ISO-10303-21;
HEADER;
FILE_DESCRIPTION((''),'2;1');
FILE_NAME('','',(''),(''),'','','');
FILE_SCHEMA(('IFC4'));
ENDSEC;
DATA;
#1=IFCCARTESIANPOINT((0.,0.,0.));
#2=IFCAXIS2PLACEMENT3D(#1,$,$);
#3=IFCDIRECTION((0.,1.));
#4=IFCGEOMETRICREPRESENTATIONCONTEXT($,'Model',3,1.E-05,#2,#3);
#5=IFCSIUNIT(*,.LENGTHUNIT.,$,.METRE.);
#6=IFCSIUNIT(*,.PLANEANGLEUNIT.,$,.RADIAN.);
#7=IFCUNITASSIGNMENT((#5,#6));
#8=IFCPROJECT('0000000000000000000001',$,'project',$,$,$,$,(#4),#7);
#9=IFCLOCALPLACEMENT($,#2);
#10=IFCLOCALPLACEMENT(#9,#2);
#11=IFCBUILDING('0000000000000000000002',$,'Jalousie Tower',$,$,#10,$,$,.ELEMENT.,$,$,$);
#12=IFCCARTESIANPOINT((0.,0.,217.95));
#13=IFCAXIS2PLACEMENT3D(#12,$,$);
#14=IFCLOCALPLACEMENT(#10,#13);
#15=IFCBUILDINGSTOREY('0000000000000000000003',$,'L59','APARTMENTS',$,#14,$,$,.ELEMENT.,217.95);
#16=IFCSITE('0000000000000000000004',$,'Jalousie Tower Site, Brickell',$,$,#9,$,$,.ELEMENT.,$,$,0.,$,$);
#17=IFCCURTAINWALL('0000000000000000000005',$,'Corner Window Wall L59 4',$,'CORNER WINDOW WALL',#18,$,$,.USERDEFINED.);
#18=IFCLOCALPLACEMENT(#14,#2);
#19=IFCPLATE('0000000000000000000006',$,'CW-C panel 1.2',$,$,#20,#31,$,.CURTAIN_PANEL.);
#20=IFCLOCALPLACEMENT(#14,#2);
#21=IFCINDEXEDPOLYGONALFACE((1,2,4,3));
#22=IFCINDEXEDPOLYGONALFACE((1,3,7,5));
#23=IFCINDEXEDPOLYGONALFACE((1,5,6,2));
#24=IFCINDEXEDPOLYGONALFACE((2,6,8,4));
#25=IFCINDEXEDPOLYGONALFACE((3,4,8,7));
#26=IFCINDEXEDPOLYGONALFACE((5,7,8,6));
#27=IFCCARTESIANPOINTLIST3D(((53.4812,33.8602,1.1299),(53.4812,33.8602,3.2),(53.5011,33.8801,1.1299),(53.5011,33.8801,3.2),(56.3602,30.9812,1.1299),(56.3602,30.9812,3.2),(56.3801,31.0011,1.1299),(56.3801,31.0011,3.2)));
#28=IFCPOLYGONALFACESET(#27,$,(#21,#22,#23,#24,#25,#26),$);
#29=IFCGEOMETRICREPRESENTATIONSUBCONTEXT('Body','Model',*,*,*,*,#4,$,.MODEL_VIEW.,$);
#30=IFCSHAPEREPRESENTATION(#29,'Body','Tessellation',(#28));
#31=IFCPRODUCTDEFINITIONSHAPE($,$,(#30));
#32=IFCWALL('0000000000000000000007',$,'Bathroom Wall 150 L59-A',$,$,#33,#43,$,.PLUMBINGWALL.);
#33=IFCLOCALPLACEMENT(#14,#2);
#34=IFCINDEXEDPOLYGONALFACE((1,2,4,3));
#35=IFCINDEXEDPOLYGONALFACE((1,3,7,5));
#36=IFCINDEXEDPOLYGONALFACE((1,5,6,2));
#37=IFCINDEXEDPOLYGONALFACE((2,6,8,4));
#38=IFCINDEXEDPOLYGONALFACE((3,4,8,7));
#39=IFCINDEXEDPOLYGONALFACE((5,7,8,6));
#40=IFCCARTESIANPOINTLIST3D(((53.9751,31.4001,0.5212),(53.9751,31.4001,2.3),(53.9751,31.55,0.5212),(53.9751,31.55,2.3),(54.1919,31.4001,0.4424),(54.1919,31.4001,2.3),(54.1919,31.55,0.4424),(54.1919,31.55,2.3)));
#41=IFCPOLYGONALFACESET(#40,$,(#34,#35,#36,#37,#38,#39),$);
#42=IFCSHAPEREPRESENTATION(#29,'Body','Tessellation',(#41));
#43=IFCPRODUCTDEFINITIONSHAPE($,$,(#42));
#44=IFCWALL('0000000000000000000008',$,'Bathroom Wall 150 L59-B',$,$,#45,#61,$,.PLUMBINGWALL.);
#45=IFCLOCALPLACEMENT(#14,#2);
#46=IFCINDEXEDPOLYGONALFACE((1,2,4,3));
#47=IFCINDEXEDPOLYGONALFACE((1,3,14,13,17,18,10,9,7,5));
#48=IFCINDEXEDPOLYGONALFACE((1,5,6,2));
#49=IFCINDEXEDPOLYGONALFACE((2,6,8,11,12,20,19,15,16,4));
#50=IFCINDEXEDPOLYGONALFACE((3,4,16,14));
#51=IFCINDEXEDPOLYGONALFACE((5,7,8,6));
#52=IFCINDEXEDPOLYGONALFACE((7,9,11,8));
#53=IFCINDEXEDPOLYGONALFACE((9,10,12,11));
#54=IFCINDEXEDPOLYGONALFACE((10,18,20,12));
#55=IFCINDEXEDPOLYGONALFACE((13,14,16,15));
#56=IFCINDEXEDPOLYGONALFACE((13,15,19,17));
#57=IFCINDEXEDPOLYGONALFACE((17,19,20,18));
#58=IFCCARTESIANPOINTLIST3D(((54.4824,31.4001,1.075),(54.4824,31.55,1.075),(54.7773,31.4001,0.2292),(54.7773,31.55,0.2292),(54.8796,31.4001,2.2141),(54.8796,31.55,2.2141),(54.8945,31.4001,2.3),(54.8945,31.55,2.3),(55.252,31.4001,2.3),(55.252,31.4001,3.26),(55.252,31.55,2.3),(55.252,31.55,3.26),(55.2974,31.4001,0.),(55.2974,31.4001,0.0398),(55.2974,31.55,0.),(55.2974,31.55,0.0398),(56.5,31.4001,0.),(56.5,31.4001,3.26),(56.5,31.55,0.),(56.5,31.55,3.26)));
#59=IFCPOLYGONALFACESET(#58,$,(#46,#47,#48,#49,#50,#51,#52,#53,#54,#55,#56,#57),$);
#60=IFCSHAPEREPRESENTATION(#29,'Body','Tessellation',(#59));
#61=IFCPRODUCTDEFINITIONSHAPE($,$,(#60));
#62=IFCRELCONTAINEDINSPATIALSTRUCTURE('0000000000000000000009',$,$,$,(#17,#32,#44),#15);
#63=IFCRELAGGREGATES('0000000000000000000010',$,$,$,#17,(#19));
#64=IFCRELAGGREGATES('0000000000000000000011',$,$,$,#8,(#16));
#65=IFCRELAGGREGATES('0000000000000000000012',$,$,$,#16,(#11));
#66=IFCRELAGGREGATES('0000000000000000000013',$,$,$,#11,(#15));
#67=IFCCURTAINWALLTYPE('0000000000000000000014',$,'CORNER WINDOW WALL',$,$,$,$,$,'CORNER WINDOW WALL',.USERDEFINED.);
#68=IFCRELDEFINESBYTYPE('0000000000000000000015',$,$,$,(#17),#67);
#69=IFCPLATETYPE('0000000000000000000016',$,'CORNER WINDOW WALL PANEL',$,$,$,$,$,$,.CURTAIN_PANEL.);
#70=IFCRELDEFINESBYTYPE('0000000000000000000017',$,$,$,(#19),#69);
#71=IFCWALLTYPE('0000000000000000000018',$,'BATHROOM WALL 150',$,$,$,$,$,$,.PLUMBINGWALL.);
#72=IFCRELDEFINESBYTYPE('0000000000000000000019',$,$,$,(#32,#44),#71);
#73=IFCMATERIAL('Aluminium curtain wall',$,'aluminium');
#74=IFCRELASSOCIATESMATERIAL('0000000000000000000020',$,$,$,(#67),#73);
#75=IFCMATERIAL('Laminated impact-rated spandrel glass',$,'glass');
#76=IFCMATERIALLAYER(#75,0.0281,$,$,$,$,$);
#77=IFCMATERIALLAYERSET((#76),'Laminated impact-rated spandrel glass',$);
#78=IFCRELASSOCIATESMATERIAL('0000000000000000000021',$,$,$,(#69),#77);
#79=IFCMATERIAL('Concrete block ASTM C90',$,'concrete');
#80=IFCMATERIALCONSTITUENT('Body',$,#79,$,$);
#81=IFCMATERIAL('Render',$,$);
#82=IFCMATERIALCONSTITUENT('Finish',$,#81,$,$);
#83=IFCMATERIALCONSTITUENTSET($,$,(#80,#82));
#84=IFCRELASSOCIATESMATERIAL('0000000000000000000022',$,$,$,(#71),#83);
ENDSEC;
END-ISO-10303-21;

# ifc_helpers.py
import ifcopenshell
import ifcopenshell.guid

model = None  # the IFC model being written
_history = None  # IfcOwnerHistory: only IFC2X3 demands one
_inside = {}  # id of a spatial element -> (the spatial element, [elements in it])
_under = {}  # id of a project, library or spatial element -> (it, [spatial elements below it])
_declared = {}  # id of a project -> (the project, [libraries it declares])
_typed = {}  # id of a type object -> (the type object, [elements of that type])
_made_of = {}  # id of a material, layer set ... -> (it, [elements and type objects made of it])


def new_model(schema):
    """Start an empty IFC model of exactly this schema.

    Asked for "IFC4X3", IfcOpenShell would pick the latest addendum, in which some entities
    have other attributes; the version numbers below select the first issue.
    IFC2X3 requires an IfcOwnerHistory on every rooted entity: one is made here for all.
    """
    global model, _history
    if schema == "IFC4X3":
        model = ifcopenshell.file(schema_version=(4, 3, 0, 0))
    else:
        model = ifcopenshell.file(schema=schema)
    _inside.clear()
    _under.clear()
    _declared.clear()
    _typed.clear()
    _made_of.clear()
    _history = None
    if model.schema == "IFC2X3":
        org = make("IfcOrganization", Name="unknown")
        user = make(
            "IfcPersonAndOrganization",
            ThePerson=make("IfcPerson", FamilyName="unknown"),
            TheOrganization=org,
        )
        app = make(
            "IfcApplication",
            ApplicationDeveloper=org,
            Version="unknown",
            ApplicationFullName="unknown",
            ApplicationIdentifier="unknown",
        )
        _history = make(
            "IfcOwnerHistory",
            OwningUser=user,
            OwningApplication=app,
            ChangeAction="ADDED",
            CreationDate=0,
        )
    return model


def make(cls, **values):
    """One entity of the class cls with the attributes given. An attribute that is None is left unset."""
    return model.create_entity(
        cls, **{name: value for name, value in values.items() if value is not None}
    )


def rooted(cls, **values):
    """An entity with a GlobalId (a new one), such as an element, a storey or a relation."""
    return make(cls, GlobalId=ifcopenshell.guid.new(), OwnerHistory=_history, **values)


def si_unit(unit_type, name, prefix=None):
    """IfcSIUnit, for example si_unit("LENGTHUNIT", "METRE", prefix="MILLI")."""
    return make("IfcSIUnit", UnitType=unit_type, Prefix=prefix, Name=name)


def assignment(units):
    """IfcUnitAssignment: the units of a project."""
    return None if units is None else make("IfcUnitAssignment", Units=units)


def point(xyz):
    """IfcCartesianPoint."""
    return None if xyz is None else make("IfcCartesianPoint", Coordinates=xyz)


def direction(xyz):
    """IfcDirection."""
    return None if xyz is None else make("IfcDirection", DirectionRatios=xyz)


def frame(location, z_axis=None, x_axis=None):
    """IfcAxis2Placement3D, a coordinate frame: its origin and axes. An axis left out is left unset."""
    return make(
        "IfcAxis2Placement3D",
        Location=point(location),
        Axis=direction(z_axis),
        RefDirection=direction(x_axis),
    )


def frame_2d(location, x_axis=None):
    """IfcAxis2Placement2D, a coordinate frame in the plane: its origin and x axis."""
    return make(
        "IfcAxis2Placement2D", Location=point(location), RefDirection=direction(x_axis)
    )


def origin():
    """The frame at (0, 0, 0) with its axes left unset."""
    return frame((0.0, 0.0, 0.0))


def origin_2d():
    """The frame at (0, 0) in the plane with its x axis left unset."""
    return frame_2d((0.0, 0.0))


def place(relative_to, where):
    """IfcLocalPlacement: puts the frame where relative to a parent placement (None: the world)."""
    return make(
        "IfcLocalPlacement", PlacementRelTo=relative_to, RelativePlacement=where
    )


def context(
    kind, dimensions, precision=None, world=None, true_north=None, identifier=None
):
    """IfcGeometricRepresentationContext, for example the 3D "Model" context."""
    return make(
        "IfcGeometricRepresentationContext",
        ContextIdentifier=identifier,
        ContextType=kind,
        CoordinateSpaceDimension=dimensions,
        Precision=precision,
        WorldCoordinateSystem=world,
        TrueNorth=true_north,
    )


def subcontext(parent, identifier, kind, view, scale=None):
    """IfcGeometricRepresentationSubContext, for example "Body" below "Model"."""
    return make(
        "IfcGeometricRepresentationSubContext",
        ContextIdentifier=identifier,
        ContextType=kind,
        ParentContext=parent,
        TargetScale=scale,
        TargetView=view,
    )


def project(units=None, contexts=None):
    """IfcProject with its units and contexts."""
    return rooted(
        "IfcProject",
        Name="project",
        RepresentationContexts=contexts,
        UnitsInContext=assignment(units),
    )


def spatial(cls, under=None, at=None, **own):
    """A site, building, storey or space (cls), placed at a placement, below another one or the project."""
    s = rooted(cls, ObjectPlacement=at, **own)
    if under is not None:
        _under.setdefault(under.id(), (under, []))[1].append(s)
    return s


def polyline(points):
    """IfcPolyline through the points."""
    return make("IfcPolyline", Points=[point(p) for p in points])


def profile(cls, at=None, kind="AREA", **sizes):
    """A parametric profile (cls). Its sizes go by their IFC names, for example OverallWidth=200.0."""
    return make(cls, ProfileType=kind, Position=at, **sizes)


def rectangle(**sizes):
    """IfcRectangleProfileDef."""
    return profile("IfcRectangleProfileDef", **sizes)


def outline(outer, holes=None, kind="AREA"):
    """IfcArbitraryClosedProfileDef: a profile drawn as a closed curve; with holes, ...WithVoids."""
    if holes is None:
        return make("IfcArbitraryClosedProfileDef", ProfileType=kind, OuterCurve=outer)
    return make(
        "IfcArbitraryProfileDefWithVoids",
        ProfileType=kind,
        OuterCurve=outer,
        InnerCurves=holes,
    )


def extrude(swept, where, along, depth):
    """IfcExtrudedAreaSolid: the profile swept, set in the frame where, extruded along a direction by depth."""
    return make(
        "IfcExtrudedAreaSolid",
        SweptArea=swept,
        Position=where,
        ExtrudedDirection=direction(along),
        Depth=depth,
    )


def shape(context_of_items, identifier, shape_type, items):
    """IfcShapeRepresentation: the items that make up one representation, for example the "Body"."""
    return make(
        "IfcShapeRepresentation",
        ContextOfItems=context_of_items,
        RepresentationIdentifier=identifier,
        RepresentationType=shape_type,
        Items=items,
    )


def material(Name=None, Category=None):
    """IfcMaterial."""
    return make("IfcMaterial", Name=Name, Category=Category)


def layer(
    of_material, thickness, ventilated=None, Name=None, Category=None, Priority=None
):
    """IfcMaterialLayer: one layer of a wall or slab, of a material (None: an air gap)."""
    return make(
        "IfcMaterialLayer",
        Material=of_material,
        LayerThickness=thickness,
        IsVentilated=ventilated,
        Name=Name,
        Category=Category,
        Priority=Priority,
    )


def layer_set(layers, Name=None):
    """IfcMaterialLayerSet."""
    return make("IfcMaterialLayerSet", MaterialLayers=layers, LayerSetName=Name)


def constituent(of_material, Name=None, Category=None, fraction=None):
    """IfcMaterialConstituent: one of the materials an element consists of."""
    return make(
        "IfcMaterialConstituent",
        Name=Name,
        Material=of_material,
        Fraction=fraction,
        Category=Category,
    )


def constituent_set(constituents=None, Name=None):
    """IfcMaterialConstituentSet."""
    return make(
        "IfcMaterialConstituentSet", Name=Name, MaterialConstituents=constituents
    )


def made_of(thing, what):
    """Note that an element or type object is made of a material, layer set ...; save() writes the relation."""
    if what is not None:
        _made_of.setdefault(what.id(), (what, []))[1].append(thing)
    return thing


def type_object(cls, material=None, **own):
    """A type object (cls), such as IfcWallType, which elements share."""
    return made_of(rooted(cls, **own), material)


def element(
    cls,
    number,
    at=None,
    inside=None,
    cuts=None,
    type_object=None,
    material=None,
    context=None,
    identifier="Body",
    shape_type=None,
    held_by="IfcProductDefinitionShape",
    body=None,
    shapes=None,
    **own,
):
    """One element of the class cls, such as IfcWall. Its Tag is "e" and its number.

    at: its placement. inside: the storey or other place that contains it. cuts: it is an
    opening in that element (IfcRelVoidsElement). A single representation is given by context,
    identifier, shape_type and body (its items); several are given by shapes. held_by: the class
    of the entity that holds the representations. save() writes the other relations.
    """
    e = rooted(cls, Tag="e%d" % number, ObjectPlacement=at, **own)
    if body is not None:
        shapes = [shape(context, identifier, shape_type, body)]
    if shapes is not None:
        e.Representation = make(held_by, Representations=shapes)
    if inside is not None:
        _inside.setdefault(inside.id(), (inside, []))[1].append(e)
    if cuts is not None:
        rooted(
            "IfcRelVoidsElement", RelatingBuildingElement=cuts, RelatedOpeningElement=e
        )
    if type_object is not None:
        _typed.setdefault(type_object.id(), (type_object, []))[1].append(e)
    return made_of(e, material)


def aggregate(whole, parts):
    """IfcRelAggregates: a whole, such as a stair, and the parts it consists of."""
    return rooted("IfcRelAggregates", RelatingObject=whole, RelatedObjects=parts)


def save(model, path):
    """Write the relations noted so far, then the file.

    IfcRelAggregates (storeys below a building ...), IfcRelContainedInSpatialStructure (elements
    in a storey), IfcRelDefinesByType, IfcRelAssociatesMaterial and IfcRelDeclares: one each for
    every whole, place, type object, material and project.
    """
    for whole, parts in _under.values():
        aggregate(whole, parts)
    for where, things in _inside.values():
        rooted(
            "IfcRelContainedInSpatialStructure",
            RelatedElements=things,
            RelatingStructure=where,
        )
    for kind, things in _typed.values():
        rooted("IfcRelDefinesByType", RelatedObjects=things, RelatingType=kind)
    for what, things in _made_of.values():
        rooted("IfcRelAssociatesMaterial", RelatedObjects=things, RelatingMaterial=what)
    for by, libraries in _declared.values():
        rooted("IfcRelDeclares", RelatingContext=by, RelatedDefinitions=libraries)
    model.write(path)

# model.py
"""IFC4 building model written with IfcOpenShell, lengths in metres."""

from ifc_helpers import new_model, si_unit, direction, frame, origin, origin_2d, place, context, subcontext, project, spatial, polyline, rectangle, outline, extrude, material, layer, layer_set, constituent, constituent_set, type_object, element, aggregate, save


model = new_model("IFC4")

# Units and contexts
model_context = context("Model", 3, precision=1e-05, world=origin(), true_north=direction((0.0, 1.0)))
body_context = subcontext(model_context, "Body", "Model", "MODEL_VIEW")
ifc_project = project(units=[si_unit("LENGTHUNIT", "METRE"), si_unit("PLANEANGLEUNIT", "RADIAN")], contexts=[model_context])

# Site, building, storey
site_placement = place(None, origin())
site = spatial("IfcSite", under=ifc_project, at=site_placement, Name="Jalousie Tower Site, Brickell", CompositionType="ELEMENT", RefElevation=0.0)
building_placement = place(site_placement, origin())
building = spatial("IfcBuilding", under=site, at=building_placement, Name="Jalousie Tower", CompositionType="ELEMENT")
storey_placement = place(building_placement, frame((0.0, 0.0, 217.95)))
storey = spatial("IfcBuildingStorey", under=building, at=storey_placement, Name="L59", Description="APARTMENTS", CompositionType="ELEMENT", Elevation=217.95)

# Curtain wall
ifc_material_1 = material(Name="Aluminium curtain wall", Category="aluminium")
curtain_wall_type = type_object("IfcCurtainWallType", Name="CORNER WINDOW WALL", ElementType="CORNER WINDOW WALL", PredefinedType="USERDEFINED", material=ifc_material_1)
curtain_wall_placement = place(storey_placement, origin())
curtain_wall = element("IfcCurtainWall", 1, at=curtain_wall_placement, inside=storey, type_object=curtain_wall_type, Name="Corner Window Wall L59 4", ObjectType="CORNER WINDOW WALL", PredefinedType="USERDEFINED")

# Plate
ifc_material_2 = material(Name="Laminated impact-rated spandrel glass", Category="glass")
ifc_layer = layer(ifc_material_2, 0.0281)
ifc_layer_set = layer_set([ifc_layer], Name="Laminated impact-rated spandrel glass")
plate_type = type_object("IfcPlateType", Name="CORNER WINDOW WALL PANEL", PredefinedType="CURTAIN_PANEL", material=ifc_layer_set)
plate_1_placement = place(storey_placement, frame((54.9307, 32.4307, 1.1299), z_axis=(0.0, 0.0, 1.0), x_axis=(-0.707107, 0.707107, 0.0)))
plate_1 = element("IfcPlate", 2, at=plate_1_placement, type_object=plate_type, Name="CW-C panel 1.2", PredefinedType="CURTAIN_PANEL", context=body_context, shape_type="SweptSolid", body=[
    extrude(rectangle(XDim=4.0715, YDim=0.0281, at=origin_2d()), origin(), (0.0, 0.0, 1.0), 2.0701),
])
aggregate(curtain_wall, [plate_1])

# Walls
ifc_material_3 = material(Name="Concrete block ASTM C90", Category="concrete")
ifc_constituent_1 = constituent(ifc_material_3, Name="Body")
ifc_material_4 = material(Name="Render")
ifc_constituent_2 = constituent(ifc_material_4, Name="Finish")
ifc_constituent_set = constituent_set(constituents=[ifc_constituent_1, ifc_constituent_2])
wall_type = type_object("IfcWallType", Name="BATHROOM WALL 150", PredefinedType="PLUMBINGWALL", material=ifc_constituent_set)
wall_1_placement = place(storey_placement, frame((53.9751, 31.4751, 0.0), z_axis=(0.0, 0.0, 1.0), x_axis=(1.0, 0.0, 0.0)))
element("IfcWall", 3, at=wall_1_placement, inside=storey, type_object=wall_type, Name="Bathroom Wall 150 L59-A", PredefinedType="PLUMBINGWALL", context=body_context, shape_type="SweptSolid", body=[
    extrude(outline(polyline([(0.2168, 2.3), (0.0, 2.3), (0.0, 0.5212), (0.2168, 0.4424), (0.2168, 2.3)])), frame((0.0, 0.075, 0.0), z_axis=(0.0, -1.0, 0.0), x_axis=(1.0, 0.0, 0.0)), (0.0, 0.0, 1.0), 0.1499),
])
wall_2_placement = place(storey_placement, frame((54.4824, 31.4751, 0.0), z_axis=(0.0, 0.0, 1.0), x_axis=(1.0, 0.0, 0.0)))
element("IfcWall", 4, at=wall_2_placement, inside=storey, type_object=wall_type, Name="Bathroom Wall 150 L59-B", PredefinedType="PLUMBINGWALL", context=body_context, shape_type="SweptSolid", body=[
    extrude(outline(polyline([(0.7695, 3.26), (0.7695, 2.3), (0.4121, 2.3), (0.3972, 2.2141), (0.0, 1.075), (0.2949, 0.2292), (0.8149, 0.0398), (0.8149, 0.0), (2.0176, 0.0), (2.0176, 3.26), (0.7695, 3.26)])), frame((0.0, 0.075, 0.0), z_axis=(0.0, -1.0, 0.0), x_axis=(1.0, 0.0, 0.0)), (0.0, 0.0, 1.0), 0.1499),
])

save(model, "model.ifc")
